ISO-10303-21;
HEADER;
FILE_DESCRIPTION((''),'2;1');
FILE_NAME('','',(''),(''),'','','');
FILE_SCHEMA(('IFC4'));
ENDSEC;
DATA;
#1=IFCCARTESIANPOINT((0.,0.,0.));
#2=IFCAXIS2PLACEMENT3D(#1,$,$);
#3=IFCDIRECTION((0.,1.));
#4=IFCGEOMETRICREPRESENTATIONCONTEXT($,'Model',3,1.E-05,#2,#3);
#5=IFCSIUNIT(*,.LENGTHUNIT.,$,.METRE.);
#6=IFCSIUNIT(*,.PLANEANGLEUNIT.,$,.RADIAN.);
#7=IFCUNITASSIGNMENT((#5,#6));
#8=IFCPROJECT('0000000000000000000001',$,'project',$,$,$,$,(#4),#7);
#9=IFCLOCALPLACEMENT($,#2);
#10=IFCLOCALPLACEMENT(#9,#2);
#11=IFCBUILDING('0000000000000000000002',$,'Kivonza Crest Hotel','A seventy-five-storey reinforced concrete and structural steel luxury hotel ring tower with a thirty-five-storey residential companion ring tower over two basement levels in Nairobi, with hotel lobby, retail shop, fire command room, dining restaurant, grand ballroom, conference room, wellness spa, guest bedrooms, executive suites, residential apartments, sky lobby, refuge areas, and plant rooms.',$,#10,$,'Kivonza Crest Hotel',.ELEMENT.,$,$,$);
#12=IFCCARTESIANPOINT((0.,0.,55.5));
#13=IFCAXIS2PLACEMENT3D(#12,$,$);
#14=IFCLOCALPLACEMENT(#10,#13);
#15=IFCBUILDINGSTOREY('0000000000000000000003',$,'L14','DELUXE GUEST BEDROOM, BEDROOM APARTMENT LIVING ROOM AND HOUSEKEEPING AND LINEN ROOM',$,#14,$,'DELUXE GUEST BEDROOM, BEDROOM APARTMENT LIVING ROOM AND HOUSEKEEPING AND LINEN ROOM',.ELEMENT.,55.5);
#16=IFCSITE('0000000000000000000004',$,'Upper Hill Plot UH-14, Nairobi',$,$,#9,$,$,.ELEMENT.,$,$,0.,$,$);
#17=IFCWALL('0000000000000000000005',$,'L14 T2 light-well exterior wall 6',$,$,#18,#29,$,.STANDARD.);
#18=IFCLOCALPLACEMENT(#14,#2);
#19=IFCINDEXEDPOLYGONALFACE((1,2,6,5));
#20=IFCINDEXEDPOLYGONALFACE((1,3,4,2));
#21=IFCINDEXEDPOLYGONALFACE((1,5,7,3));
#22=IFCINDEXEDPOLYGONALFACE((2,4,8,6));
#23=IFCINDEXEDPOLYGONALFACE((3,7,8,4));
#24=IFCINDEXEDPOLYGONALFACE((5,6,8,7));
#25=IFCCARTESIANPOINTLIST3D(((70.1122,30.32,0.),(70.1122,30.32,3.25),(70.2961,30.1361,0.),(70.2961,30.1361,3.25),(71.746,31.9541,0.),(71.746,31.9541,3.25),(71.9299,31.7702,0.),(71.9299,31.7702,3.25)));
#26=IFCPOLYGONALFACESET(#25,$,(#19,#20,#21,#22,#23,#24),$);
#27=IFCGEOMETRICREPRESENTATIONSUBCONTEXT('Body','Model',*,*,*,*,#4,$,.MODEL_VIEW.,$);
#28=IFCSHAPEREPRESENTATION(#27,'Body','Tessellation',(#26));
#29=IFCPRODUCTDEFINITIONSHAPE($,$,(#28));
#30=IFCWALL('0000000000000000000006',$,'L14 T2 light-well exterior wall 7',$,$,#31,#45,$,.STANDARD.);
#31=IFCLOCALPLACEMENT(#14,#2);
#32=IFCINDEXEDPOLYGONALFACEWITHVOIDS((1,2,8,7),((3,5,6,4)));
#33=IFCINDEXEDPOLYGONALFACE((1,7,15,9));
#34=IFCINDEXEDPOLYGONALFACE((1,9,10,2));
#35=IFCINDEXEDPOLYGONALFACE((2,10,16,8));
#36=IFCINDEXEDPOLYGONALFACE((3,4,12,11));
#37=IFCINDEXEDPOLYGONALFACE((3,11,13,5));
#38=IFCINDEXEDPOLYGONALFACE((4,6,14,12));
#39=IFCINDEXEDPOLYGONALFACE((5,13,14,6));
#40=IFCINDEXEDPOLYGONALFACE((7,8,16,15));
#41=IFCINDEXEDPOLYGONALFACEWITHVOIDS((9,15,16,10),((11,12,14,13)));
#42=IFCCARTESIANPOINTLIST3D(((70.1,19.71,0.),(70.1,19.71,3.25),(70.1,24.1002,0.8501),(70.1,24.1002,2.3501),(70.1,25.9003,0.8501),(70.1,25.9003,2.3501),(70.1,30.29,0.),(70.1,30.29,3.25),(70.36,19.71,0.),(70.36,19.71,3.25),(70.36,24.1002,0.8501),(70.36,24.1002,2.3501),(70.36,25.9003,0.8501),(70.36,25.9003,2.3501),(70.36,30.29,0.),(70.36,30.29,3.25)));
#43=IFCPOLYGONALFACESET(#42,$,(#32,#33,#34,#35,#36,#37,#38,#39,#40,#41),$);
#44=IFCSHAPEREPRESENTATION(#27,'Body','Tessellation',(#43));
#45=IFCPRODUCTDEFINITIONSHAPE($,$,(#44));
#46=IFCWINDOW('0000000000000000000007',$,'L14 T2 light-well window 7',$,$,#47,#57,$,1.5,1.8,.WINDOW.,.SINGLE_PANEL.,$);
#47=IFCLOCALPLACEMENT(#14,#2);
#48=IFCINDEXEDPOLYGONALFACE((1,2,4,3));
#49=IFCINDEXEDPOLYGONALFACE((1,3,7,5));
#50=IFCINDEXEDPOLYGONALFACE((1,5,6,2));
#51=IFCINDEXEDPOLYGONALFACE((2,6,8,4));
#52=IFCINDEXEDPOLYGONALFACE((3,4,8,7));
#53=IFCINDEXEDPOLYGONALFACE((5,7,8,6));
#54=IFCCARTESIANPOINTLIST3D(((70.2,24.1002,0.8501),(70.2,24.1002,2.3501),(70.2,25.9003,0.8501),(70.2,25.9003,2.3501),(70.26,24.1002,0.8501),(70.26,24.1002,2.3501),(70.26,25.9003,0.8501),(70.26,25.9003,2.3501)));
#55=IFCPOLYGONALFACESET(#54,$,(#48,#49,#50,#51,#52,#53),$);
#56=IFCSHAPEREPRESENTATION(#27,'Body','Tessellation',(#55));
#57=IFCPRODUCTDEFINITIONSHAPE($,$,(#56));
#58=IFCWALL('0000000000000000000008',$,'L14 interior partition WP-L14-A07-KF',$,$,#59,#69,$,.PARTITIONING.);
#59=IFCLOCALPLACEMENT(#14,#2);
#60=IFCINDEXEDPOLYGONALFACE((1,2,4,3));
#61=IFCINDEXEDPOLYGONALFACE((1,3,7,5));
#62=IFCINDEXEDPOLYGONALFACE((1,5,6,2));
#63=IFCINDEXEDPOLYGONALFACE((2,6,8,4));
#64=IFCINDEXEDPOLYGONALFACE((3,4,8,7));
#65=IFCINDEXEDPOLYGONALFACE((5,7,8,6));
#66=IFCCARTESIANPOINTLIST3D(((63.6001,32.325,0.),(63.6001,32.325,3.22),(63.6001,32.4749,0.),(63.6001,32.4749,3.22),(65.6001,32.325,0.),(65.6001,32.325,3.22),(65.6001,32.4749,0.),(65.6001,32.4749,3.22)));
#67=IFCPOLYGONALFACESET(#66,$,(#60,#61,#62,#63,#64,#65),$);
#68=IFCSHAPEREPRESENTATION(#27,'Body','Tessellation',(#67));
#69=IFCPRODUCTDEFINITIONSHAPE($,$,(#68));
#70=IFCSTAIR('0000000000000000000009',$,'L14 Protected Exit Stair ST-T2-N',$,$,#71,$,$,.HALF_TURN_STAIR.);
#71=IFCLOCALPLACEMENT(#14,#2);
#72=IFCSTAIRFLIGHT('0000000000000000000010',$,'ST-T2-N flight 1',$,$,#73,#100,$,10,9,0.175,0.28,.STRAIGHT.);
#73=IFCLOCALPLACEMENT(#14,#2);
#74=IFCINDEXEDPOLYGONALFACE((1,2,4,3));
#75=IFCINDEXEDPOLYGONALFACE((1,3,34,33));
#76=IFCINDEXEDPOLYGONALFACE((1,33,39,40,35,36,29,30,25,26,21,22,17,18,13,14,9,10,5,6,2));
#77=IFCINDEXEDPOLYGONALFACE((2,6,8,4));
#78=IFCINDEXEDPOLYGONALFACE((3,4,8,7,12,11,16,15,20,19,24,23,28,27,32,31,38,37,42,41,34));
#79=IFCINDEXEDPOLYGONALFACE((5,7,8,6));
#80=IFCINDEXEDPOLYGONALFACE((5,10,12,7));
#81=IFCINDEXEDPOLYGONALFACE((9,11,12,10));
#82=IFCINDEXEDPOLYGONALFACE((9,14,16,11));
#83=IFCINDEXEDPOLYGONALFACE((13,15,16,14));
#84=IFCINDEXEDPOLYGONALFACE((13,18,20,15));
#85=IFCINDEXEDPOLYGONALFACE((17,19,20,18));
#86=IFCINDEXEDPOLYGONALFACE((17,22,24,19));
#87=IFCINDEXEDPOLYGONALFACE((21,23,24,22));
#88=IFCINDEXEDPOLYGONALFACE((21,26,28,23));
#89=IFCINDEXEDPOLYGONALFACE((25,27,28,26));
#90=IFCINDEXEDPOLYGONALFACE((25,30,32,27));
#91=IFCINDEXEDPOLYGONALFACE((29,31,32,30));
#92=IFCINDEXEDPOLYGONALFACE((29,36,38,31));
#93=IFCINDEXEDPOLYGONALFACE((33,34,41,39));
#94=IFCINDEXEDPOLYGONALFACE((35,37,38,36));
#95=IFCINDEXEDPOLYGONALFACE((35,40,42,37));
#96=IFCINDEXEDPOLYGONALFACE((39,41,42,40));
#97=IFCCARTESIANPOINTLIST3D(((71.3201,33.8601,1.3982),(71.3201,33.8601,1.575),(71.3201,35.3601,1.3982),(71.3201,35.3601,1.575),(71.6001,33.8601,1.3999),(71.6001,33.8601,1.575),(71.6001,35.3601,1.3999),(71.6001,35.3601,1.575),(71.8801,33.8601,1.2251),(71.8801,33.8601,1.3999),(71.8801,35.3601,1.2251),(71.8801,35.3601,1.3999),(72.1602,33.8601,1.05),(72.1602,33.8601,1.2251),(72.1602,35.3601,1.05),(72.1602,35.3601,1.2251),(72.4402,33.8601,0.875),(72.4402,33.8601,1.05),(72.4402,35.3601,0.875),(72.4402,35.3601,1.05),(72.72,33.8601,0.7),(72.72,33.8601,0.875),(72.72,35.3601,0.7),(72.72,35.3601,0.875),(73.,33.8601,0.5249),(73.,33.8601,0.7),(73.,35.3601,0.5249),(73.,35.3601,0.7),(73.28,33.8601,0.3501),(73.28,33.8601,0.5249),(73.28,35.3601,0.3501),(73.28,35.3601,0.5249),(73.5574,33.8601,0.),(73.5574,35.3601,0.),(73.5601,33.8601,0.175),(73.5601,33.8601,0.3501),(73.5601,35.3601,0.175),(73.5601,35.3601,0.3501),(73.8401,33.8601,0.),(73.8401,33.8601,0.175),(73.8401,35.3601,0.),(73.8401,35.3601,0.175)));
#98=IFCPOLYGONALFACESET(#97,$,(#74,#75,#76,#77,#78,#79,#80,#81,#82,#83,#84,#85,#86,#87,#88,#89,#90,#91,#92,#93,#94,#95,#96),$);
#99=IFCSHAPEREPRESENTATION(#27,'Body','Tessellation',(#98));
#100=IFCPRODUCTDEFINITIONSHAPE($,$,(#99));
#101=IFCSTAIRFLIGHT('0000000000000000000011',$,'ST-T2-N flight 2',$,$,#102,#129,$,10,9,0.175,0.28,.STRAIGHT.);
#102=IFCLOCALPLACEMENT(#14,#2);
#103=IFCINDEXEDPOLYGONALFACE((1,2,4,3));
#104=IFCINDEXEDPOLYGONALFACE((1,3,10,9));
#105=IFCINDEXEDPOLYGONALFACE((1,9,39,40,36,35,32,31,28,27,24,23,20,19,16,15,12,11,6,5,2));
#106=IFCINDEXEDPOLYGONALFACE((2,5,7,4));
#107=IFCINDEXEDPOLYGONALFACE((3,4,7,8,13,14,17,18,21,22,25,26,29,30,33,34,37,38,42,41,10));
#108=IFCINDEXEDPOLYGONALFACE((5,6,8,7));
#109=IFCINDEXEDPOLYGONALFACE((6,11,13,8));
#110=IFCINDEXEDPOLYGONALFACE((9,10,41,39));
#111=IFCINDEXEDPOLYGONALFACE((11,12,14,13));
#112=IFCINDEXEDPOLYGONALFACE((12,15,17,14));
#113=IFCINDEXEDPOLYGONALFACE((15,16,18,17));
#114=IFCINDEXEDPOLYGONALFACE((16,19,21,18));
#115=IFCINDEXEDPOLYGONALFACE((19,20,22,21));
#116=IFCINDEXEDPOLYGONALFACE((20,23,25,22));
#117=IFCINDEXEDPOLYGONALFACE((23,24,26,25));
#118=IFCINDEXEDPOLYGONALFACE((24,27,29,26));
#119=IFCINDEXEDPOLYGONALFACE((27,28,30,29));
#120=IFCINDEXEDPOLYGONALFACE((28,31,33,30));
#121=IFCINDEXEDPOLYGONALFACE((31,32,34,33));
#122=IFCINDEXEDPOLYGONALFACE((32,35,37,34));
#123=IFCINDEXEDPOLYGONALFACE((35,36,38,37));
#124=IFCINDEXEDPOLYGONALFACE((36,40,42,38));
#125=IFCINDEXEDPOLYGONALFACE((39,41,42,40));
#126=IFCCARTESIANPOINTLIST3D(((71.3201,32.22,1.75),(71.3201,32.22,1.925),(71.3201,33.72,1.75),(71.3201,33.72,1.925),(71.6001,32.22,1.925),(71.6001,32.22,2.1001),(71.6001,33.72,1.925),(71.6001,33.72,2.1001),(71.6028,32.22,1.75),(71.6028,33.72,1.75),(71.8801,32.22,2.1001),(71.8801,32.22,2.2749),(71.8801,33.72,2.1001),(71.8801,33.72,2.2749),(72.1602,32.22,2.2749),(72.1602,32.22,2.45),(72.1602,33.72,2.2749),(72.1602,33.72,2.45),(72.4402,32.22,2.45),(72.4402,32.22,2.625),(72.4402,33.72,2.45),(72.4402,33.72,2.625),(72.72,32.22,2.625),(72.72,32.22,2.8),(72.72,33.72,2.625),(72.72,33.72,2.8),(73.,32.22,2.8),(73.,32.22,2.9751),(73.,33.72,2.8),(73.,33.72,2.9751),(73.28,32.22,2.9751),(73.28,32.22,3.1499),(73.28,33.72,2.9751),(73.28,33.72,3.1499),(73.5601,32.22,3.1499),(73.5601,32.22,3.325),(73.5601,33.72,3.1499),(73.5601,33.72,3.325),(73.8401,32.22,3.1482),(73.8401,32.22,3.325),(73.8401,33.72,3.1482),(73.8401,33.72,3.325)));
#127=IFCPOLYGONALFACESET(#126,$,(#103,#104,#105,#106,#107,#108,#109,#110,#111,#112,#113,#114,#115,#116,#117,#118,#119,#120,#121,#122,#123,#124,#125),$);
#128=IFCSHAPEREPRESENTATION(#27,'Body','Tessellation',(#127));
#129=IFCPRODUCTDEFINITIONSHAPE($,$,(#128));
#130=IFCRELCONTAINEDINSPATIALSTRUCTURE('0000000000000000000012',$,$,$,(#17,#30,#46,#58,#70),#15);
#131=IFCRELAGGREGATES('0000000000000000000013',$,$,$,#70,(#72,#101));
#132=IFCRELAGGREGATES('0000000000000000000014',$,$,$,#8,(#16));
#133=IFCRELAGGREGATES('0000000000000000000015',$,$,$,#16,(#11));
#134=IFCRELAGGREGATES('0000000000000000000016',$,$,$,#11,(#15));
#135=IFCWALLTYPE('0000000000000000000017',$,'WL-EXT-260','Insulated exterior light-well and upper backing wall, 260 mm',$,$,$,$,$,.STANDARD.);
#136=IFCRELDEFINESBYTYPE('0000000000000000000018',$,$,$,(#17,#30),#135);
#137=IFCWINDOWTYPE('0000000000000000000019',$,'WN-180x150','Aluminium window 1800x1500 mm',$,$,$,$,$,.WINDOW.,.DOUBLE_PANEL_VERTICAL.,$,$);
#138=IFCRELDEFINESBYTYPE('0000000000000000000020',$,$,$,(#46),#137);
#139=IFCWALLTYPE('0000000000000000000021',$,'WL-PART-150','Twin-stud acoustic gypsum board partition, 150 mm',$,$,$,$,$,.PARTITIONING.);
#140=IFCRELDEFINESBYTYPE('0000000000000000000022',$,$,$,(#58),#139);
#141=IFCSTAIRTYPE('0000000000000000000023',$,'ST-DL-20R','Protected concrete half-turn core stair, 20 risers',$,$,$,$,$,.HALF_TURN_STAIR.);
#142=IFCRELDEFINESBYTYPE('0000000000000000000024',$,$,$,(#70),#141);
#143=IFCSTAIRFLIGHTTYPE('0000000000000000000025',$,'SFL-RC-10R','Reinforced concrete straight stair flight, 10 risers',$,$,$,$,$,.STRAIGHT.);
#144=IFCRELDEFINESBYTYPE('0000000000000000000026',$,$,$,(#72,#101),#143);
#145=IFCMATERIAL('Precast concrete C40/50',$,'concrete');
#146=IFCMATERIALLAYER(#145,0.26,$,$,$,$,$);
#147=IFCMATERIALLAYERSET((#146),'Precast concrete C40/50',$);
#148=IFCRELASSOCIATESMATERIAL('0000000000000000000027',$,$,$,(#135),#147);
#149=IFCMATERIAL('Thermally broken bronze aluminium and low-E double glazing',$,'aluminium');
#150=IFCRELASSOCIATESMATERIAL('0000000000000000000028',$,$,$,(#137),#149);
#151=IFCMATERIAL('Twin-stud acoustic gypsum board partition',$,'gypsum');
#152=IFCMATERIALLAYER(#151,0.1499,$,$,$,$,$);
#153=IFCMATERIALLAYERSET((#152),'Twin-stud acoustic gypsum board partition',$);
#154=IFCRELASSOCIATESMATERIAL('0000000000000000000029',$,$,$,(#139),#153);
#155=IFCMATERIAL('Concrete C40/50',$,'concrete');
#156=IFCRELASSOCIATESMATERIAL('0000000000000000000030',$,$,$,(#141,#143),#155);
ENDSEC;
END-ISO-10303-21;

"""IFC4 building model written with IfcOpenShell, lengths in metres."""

from ifc_helpers import new_model, si_unit, direction, frame, frame_2d, origin, place, context, subcontext, project, spatial, polyline, rectangle, outline, extrude, material, layer, layer_set, type_object, element, fill, aggregate, save


model = new_model("IFC4")

# Units and contexts
model_context = context("Model", 3, precision=1e-05, world=origin(), true_north=direction((0.0, 1.0)))
body_context = subcontext(model_context, "Body", "Model", "MODEL_VIEW")
ifc_project = project(units=[si_unit("LENGTHUNIT", "METRE"), si_unit("PLANEANGLEUNIT", "RADIAN")], contexts=[model_context])

# Site, building, storey
site_placement = place(None, origin())
site = spatial("IfcSite", under=ifc_project, at=site_placement, Name="Upper Hill Plot UH-14, Nairobi", CompositionType="ELEMENT", RefElevation=0.0)
building_placement = place(site_placement, origin())
building = spatial("IfcBuilding", under=site, at=building_placement, Name="Kivonza Crest Hotel", Description="A seventy-five-storey reinforced concrete and structural steel luxury hotel ring tower with a thirty-five-storey residential companion ring tower over two basement levels in Nairobi, with hotel lobby, retail shop, fire command room, dining restaurant, grand ballroom, conference room, wellness spa, guest bedrooms, executive suites, residential apartments, sky lobby, refuge areas, and plant rooms.", LongName="Kivonza Crest Hotel", CompositionType="ELEMENT")
storey_placement = place(building_placement, frame((0.0, 0.0, 55.5)))
storey = spatial("IfcBuildingStorey", under=building, at=storey_placement, Name="L14", Description="DELUXE GUEST BEDROOM, BEDROOM APARTMENT LIVING ROOM AND HOUSEKEEPING AND LINEN ROOM", LongName="DELUXE GUEST BEDROOM, BEDROOM APARTMENT LIVING ROOM AND HOUSEKEEPING AND LINEN ROOM", CompositionType="ELEMENT", Elevation=55.5)

# Wall
ifc_material_1 = material(Name="Precast concrete C40/50", Category="concrete")
ifc_layer_1 = layer(ifc_material_1, 0.26)
ifc_layer_set_1 = layer_set([ifc_layer_1], Name="Precast concrete C40/50")
wall_type_1 = type_object("IfcWallType", Name="WL-EXT-260", Description="Insulated exterior light-well and upper backing wall, 260 mm", PredefinedType="STANDARD", material=ifc_layer_set_1)
wall_1_placement = place(storey_placement, frame((71.8379, 31.8621, 0.0), z_axis=(0.0, 0.0, 1.0), x_axis=(-0.707054, -0.70716, 0.0)))
element("IfcWall", 1, at=wall_1_placement, inside=storey, type_object=wall_type_1, Name="L14 T2 light-well exterior wall 6", PredefinedType="STANDARD", context=body_context, shape_type="SweptSolid", body=[
    extrude(rectangle(XDim=2.3108, YDim=0.26, at=frame_2d((1.1553, 0.0))), origin(), (0.0, 0.0, 1.0), 3.25),
])

# Wall, opening, window
wall_2_placement = place(storey_placement, frame((70.23, 30.29, 0.0), z_axis=(0.0, 0.0, 1.0), x_axis=(0.0, -1.0, 0.0)))
wall_2 = element("IfcWall", 2, at=wall_2_placement, inside=storey, type_object=wall_type_1, Name="L14 T2 light-well exterior wall 7", PredefinedType="STANDARD", context=body_context, shape_type="SweptSolid", body=[
    extrude(rectangle(XDim=10.5801, YDim=0.26, at=frame_2d((5.29, 0.0))), origin(), (0.0, 0.0, 1.0), 3.25),
])
opening_1_placement = place(wall_2_placement, frame((4.3899, 0.0, 0.8501)))
opening_1 = element("IfcOpeningElement", 3, at=opening_1_placement, cuts=wall_2, PredefinedType="OPENING", context=body_context, shape_type="SweptSolid", body=[
    extrude(rectangle(XDim=1.8, YDim=1.5, at=frame_2d((0.8999, 0.75))), frame((0.0, 0.1401, 0.0), z_axis=(0.0, -1.0, 0.0), x_axis=(1.0, 0.0, 0.0)), (0.0, 0.0, 1.0), 0.28),
])
ifc_material_2 = material(Name="Thermally broken bronze aluminium and low-E double glazing", Category="aluminium")
window_type = type_object("IfcWindowType", Name="WN-180x150", Description="Aluminium window 1800x1500 mm", PartitioningType="DOUBLE_PANEL_VERTICAL", PredefinedType="WINDOW", material=ifc_material_2)
window_placement = place(opening_1_placement, origin())
window = element("IfcWindow", 4, at=window_placement, inside=storey, type_object=window_type, Name="L14 T2 light-well window 7", OverallHeight=1.5, OverallWidth=1.8, PartitioningType="SINGLE_PANEL", PredefinedType="WINDOW", context=body_context, shape_type="SweptSolid", body=[
    extrude(rectangle(XDim=1.8, YDim=1.5, at=frame_2d((0.8999, 0.75))), frame((0.0, 0.03, 0.0), z_axis=(0.0, -1.0, 0.0), x_axis=(1.0, 0.0, 0.0)), (0.0, 0.0, 1.0), 0.0601),
])
fill(opening_1, window)

# Wall
ifc_material_3 = material(Name="Twin-stud acoustic gypsum board partition", Category="gypsum")
ifc_layer_2 = layer(ifc_material_3, 0.1499)
ifc_layer_set_2 = layer_set([ifc_layer_2], Name="Twin-stud acoustic gypsum board partition")
wall_type_2 = type_object("IfcWallType", Name="WL-PART-150", Description="Twin-stud acoustic gypsum board partition, 150 mm", PredefinedType="PARTITIONING", material=ifc_layer_set_2)
wall_3_placement = place(storey_placement, frame((63.6001, 32.3999, 0.0), z_axis=(0.0, 0.0, 1.0), x_axis=(1.0, 0.0, 0.0)))
element("IfcWall", 5, at=wall_3_placement, inside=storey, type_object=wall_type_2, Name="L14 interior partition WP-L14-A07-KF", PredefinedType="PARTITIONING", context=body_context, shape_type="SweptSolid", body=[
    extrude(rectangle(XDim=2.0, YDim=0.1499, at=frame_2d((1.0, 0.0))), origin(), (0.0, 0.0, 1.0), 3.22),
])

# Stair, stair flights
ifc_material_4 = material(Name="Concrete C40/50", Category="concrete")
stair_type = type_object("IfcStairType", Name="ST-DL-20R", Description="Protected concrete half-turn core stair, 20 risers", PredefinedType="HALF_TURN_STAIR", material=ifc_material_4)
stair_placement = place(storey_placement, origin())
stair = element("IfcStair", 6, at=stair_placement, inside=storey, type_object=stair_type, Name="L14 Protected Exit Stair ST-T2-N", PredefinedType="HALF_TURN_STAIR")
stair_flight_type = type_object("IfcStairFlightType", Name="SFL-RC-10R", Description="Reinforced concrete straight stair flight, 10 risers", PredefinedType="STRAIGHT", material=ifc_material_4)
stair_flight_1_placement = place(storey_placement, frame((73.8401, 34.6101, 0.0), z_axis=(0.0, 0.0, 1.0), x_axis=(-1.0, 0.0, 0.0)))
stair_flight_1 = element("IfcStairFlight", 7, at=stair_flight_1_placement, type_object=stair_flight_type, Name="ST-T2-N flight 1", NumberOfRisers=10, NumberOfTreads=9, PredefinedType="STRAIGHT", RiserHeight=0.175, TreadLength=0.28, context=body_context, shape_type="SweptSolid", body=[
    extrude(outline(polyline([(0.0, 0.0), (0.0, 0.175), (0.28, 0.175), (0.28, 0.3501), (0.5601, 0.3501), (0.5601, 0.5249), (0.8401, 0.5249), (0.8401, 0.7), (1.1201, 0.7), (1.1201, 0.875), (1.3999, 0.875), (1.3999, 1.05), (1.6799, 1.05), (1.6799, 1.2251), (1.96, 1.2251), (1.96, 1.3999), (2.24, 1.3999), (2.24, 1.575), (2.52, 1.575), (2.52, 1.75), (2.52, 1.3982), (0.2827, 0.0), (0.0, 0.0)])), frame((0.0, 0.75, 0.0), z_axis=(0.0, -1.0, 0.0), x_axis=(1.0, 0.0, 0.0)), (0.0, 0.0, 1.0), 1.5),
])
stair_flight_2_placement = place(storey_placement, frame((71.3201, 32.97, 1.75), z_axis=(0.0, 0.0, 1.0), x_axis=(1.0, 0.0, 0.0)))
stair_flight_2 = element("IfcStairFlight", 8, at=stair_flight_2_placement, type_object=stair_flight_type, Name="ST-T2-N flight 2", NumberOfRisers=10, NumberOfTreads=9, PredefinedType="STRAIGHT", RiserHeight=0.175, TreadLength=0.28, context=body_context, shape_type="SweptSolid", body=[
    extrude(outline(polyline([(0.0, 0.0), (0.0, 0.175), (0.28, 0.175), (0.28, 0.3501), (0.5601, 0.3501), (0.5601, 0.5249), (0.8401, 0.5249), (0.8401, 0.7), (1.1201, 0.7), (1.1201, 0.875), (1.3999, 0.875), (1.3999, 1.05), (1.6799, 1.05), (1.6799, 1.2251), (1.96, 1.2251), (1.96, 1.3999), (2.24, 1.3999), (2.24, 1.575), (2.52, 1.575), (2.52, 1.75), (2.52, 1.3982), (0.2827, 0.0), (0.0, 0.0)])), frame((0.0, 0.75, 0.0), z_axis=(0.0, -1.0, 0.0), x_axis=(1.0, 0.0, 0.0)), (0.0, 0.0, 1.0), 1.5),
])
aggregate(stair, [stair_flight_1, stair_flight_2])

save(model, "model.ifc")
